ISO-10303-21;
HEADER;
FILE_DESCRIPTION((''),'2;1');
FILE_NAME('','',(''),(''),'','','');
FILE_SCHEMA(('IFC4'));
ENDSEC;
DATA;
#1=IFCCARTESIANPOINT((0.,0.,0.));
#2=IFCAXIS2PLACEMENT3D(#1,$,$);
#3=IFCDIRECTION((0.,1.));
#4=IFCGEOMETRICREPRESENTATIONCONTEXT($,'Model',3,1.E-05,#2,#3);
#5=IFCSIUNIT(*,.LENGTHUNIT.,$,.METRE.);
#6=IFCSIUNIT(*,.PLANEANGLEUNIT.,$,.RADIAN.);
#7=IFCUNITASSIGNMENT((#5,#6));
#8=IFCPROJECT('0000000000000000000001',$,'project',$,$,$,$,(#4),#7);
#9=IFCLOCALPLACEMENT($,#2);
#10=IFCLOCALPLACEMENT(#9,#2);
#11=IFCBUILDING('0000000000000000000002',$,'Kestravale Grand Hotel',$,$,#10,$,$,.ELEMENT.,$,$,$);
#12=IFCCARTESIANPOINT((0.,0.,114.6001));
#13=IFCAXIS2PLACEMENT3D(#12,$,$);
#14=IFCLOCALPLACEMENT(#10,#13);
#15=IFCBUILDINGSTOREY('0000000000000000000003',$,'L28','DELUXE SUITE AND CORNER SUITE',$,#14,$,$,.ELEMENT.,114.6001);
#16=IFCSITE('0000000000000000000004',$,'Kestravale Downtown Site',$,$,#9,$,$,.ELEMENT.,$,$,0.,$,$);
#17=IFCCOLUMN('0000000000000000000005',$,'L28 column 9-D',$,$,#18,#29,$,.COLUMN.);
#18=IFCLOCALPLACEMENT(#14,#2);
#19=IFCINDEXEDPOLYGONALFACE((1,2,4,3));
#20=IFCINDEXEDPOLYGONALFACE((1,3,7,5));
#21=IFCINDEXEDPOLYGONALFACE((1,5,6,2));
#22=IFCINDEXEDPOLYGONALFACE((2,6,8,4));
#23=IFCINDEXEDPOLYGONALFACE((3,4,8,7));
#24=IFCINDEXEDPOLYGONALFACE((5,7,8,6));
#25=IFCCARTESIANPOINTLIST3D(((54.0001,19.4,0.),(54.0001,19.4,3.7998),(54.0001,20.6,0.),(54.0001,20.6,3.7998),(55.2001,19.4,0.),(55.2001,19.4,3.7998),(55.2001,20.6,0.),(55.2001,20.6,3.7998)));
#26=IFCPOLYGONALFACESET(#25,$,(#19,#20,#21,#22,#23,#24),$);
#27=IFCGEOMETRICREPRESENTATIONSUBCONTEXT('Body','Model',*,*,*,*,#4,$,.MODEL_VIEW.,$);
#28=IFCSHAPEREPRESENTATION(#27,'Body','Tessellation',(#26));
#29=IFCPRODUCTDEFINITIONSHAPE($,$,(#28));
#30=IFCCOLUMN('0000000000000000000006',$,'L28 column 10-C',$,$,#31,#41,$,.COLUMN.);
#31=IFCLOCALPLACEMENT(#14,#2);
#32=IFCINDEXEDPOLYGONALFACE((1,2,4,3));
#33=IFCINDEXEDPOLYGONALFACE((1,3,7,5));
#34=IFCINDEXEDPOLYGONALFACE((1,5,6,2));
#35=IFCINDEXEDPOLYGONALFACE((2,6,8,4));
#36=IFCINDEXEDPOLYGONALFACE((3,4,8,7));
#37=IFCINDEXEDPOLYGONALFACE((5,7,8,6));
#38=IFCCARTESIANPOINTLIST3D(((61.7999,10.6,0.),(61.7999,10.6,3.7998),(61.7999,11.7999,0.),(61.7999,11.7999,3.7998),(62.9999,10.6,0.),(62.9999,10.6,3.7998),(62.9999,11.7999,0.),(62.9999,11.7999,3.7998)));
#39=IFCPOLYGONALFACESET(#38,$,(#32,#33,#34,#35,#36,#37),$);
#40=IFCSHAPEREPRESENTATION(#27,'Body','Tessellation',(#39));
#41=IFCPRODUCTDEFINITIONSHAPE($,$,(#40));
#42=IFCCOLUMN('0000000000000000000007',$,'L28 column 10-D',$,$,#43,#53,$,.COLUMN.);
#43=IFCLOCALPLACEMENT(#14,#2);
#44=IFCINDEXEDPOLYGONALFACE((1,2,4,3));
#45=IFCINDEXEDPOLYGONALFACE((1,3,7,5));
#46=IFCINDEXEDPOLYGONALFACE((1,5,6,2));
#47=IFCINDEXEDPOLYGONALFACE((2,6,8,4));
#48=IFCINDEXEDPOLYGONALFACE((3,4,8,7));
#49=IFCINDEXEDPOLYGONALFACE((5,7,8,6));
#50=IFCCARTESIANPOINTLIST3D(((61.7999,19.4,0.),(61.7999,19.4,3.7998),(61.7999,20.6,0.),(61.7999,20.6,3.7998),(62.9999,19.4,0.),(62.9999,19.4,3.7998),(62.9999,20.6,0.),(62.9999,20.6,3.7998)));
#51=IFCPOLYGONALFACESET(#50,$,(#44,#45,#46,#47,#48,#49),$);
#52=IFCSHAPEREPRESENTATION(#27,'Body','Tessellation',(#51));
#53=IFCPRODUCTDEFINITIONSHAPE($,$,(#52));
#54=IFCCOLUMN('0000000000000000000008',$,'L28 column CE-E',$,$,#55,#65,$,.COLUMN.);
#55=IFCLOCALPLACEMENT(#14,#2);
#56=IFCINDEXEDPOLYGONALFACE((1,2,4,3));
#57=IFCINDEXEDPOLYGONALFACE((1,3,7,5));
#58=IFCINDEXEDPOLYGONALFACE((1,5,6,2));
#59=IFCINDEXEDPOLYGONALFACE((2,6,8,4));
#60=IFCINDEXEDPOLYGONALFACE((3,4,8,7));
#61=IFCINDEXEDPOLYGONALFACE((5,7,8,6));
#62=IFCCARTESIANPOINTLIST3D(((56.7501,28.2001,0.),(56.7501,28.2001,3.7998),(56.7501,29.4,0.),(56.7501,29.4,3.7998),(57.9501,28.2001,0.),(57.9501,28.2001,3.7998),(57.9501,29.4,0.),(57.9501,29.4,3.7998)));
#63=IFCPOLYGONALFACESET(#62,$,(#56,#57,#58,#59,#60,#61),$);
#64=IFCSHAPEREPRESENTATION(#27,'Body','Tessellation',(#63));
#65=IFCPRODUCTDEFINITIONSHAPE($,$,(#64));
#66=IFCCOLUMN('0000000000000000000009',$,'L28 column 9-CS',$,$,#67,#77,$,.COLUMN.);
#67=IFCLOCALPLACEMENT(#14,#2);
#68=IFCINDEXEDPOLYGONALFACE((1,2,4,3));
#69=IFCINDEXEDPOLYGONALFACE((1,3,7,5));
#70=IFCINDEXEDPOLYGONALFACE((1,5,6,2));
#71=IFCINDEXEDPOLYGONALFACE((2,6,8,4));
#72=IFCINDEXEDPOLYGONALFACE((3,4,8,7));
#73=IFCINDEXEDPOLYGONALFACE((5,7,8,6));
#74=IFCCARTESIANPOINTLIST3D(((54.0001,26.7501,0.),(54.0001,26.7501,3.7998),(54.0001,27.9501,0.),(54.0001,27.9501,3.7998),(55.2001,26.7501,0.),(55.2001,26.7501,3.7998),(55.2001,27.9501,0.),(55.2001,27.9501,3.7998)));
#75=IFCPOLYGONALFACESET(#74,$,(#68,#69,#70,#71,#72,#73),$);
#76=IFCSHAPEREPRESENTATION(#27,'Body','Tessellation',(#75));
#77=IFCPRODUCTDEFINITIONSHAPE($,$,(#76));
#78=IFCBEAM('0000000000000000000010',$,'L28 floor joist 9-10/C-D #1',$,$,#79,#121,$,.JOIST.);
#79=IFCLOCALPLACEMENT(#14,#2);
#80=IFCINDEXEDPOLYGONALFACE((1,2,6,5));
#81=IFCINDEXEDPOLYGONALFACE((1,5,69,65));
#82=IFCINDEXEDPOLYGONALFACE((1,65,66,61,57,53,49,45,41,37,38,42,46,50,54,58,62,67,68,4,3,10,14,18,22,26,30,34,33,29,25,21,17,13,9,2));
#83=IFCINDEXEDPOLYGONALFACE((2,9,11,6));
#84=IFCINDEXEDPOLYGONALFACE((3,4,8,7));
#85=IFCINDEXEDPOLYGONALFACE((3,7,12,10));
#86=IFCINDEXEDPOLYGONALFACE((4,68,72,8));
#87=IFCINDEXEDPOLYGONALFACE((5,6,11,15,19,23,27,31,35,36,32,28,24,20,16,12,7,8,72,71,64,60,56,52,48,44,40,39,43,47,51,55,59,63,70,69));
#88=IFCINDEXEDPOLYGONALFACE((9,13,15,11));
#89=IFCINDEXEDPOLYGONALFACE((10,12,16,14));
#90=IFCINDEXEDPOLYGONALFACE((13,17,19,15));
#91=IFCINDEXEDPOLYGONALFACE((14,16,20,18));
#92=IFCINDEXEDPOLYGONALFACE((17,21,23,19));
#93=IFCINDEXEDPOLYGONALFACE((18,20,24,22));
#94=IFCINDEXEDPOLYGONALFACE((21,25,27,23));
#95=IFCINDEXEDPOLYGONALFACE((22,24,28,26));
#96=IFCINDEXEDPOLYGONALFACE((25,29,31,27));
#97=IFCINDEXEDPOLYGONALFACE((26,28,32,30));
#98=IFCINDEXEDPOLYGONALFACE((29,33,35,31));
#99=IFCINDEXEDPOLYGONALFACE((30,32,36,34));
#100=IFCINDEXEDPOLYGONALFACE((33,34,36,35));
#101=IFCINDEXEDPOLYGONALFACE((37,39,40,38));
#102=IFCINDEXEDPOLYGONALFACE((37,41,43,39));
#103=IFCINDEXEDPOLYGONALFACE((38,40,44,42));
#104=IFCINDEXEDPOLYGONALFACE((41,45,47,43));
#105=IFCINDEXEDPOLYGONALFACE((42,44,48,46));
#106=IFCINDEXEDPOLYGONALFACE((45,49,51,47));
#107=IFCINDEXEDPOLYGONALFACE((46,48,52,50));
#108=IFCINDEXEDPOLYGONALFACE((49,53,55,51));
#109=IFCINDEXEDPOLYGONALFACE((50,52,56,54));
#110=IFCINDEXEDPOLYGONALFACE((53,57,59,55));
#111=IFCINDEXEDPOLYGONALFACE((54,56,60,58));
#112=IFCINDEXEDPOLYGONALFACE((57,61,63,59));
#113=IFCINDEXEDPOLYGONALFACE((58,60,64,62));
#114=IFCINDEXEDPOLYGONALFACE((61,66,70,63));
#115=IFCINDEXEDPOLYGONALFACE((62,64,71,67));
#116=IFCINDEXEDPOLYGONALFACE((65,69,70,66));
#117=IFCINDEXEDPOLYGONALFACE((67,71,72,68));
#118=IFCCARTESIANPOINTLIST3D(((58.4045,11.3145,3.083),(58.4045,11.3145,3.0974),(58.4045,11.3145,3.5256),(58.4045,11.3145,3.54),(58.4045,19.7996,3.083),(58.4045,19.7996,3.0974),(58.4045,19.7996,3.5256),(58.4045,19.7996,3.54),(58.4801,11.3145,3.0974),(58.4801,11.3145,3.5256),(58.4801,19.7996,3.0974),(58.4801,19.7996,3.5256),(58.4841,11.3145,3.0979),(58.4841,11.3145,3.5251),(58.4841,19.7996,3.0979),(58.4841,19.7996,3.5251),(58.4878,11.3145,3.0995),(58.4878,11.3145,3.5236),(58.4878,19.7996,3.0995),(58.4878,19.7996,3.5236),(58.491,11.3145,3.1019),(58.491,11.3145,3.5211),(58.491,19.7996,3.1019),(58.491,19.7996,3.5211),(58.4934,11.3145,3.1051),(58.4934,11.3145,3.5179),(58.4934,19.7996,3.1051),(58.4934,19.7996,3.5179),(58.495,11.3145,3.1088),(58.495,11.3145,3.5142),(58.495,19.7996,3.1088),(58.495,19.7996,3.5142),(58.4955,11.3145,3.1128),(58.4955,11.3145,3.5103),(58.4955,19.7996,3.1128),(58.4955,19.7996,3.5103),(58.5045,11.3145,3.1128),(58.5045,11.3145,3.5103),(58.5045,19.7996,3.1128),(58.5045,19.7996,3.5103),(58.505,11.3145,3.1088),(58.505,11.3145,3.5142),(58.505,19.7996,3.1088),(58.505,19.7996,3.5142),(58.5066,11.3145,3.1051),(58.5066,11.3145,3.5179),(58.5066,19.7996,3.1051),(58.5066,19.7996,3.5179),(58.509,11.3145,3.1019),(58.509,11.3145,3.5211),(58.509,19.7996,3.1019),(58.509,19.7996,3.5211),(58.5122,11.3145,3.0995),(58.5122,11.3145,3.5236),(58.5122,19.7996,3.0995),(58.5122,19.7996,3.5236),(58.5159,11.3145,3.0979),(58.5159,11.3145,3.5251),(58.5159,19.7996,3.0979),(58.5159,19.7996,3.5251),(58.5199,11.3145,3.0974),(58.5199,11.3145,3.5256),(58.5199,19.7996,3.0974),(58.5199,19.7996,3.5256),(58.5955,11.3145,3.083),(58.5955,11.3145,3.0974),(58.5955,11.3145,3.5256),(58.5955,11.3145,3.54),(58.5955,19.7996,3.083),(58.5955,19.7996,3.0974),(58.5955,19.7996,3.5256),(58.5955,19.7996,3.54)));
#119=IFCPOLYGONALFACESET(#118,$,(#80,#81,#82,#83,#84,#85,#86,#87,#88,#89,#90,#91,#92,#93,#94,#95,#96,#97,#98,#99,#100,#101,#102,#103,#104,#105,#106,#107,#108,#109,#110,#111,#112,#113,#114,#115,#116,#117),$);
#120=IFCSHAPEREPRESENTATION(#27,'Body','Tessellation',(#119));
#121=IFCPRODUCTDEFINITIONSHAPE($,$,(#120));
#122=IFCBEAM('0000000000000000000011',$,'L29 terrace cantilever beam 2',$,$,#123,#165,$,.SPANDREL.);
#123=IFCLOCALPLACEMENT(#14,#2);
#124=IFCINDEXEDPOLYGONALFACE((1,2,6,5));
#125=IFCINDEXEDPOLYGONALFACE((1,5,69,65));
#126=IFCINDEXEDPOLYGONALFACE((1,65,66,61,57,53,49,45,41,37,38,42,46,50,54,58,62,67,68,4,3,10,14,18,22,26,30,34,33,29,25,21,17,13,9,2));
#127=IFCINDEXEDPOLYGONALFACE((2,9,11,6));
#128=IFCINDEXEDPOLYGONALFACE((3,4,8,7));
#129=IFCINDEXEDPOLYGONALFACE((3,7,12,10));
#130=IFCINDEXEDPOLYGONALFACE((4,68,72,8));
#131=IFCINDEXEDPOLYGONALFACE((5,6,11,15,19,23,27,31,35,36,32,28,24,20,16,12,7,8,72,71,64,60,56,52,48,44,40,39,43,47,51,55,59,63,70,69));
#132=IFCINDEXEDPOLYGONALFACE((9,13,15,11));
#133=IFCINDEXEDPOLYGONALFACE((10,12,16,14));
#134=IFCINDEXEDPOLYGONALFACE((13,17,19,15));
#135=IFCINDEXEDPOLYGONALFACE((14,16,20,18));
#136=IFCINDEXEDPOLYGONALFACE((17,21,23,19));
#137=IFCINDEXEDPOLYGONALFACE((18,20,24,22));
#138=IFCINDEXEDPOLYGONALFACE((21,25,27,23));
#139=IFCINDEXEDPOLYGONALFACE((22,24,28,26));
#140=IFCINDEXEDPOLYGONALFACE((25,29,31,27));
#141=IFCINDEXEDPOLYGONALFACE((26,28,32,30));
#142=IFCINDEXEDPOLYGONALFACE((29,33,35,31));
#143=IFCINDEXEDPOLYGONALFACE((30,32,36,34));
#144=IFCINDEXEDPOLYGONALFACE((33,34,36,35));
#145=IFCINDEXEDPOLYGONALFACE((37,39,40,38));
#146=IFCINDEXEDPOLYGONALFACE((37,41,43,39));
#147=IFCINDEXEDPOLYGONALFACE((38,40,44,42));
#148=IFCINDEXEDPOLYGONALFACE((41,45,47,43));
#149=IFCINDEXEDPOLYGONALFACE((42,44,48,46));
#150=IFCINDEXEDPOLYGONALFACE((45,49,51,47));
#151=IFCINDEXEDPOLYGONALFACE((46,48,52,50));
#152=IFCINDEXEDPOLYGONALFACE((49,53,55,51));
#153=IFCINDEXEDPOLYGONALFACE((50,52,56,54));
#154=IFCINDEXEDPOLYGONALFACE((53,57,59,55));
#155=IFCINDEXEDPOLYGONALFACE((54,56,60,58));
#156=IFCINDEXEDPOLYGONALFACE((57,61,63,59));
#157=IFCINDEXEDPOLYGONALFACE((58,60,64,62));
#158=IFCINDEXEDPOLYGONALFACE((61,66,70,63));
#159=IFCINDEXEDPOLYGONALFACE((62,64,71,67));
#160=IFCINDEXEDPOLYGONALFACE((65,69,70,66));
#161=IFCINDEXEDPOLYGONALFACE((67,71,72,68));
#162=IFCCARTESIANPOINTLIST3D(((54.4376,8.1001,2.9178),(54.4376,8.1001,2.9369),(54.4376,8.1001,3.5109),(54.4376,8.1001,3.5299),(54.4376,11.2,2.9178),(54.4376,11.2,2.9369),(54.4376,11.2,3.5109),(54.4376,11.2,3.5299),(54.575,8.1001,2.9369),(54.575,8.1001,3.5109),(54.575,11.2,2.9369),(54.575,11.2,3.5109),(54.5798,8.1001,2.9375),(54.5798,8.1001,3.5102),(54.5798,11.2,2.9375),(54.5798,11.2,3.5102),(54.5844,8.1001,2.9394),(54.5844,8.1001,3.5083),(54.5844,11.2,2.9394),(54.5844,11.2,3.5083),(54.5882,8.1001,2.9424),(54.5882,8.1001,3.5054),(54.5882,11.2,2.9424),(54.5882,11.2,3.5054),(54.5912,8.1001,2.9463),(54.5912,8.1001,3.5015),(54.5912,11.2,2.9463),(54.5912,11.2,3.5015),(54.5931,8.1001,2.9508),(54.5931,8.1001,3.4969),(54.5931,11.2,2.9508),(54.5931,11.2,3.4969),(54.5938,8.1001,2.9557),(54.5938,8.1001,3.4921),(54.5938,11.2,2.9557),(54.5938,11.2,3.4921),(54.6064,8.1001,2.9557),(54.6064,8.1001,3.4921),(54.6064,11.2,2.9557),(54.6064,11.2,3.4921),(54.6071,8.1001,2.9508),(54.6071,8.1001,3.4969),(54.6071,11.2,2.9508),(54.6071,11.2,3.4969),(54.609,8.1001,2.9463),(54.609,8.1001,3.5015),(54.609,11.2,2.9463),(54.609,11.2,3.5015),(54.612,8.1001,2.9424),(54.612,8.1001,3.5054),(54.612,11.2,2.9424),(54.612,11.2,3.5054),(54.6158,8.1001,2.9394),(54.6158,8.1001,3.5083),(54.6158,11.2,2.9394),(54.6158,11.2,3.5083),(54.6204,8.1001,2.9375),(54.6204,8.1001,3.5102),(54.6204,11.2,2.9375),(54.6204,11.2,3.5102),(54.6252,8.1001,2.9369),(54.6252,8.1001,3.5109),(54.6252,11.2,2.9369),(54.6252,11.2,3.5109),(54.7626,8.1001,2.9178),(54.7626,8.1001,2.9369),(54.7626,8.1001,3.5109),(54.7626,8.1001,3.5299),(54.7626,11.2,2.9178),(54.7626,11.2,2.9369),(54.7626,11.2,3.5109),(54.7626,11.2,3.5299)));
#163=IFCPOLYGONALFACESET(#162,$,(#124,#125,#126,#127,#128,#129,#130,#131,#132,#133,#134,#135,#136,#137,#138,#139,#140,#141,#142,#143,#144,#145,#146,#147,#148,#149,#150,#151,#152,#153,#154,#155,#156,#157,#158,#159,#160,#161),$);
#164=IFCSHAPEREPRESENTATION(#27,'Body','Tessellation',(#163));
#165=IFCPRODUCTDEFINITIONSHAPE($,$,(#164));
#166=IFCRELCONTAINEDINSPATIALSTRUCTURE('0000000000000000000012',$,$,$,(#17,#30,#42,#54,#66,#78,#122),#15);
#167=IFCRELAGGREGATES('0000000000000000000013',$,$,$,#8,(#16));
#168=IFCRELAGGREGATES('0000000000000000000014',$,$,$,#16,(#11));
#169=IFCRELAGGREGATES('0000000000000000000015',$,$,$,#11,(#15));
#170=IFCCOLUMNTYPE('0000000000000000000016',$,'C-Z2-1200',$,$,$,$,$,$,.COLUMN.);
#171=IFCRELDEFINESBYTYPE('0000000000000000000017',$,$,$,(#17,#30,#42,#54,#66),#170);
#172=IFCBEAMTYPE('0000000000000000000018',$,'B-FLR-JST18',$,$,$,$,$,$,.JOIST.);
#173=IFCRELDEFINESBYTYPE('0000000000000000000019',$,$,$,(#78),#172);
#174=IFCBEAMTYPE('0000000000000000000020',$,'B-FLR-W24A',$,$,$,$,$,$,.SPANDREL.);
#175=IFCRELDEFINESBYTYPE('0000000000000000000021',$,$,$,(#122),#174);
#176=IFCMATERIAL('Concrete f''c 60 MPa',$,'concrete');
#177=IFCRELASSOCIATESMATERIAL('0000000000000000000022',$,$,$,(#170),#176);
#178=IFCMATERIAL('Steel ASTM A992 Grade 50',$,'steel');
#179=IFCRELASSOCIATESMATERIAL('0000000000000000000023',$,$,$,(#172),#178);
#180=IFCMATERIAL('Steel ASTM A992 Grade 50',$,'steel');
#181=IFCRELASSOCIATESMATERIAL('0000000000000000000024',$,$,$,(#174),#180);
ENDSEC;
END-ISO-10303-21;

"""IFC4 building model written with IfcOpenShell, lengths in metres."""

from ifc_helpers import new_model, si_unit, direction, frame, origin, origin_2d, place, context, subcontext, project, spatial, rectangle, i_section, extrude, material, material_profile, profile_set, type_object, element, save


model = new_model("IFC4")

# Units and contexts
model_context = context("Model", 3, precision=1e-05, world=origin(), true_north=direction((0.0, 1.0)))
body_context = subcontext(model_context, "Body", "Model", "MODEL_VIEW")
ifc_project = project(units=[si_unit("LENGTHUNIT", "METRE"), si_unit("PLANEANGLEUNIT", "RADIAN")], contexts=[model_context])

# Site, building, storey
site_placement = place(None, origin())
site = spatial("IfcSite", under=ifc_project, at=site_placement, Name="Kestravale Downtown Site", CompositionType="ELEMENT", RefElevation=0.0)
building_placement = place(site_placement, origin())
building = spatial("IfcBuilding", under=site, at=building_placement, Name="Kestravale Grand Hotel", CompositionType="ELEMENT")
storey_placement = place(building_placement, frame((0.0, 0.0, 114.6001)))
storey = spatial("IfcBuildingStorey", under=building, at=storey_placement, Name="L28", Description="DELUXE SUITE AND CORNER SUITE", CompositionType="ELEMENT", Elevation=114.6001)

# Columns
ifc_material_1 = material(Name="Concrete f'c 60 MPa", Category="concrete")
ifc_material_profile_1 = material_profile(ifc_material_1, rectangle(XDim=1.2, YDim=1.2, at=origin_2d()))
ifc_profile_set_1 = profile_set([ifc_material_profile_1], Name="Concrete f'c 60 MPa")
column_type = type_object("IfcColumnType", Name="C-Z2-1200", PredefinedType="COLUMN", material=ifc_profile_set_1)
for number, where, z_axis, x_axis, name in (
    (1, (54.6001, 20.0, 0.0), (0.0, 0.0, 1.0), (1.0, 0.0, 0.0), "L28 column 9-D"),
    (2, (62.3999, 11.2, 0.0), (0.0, 0.0, 1.0), (1.0, 0.0, 0.0), "L28 column 10-C"),
    (3, (62.3999, 20.0, 0.0), (0.0, 0.0, 1.0), (1.0, 0.0, 0.0), "L28 column 10-D"),
    (4, (57.3501, 28.8, 0.0), (0.0, 0.0, 1.0), (1.0, 0.0, 0.0), "L28 column CE-E"),
    (5, (54.6001, 27.3501, 0.0), (0.0, 0.0, 1.0), (1.0, 0.0, 0.0), "L28 column 9-CS"),
):
    element("IfcColumn", number, at=place(storey_placement, frame(where, z_axis=z_axis, x_axis=x_axis)), inside=storey, type_object=column_type, Name=name, PredefinedType="COLUMN", context=body_context, shape_type="SweptSolid", body=[
        extrude(rectangle(XDim=1.2, YDim=1.2, at=origin_2d()), origin(), (0.0, 0.0, 1.0), 3.7998),
    ])

# Beams
ifc_material_2 = material(Name="Steel ASTM A992 Grade 50", Category="steel")
ifc_material_profile_2 = material_profile(ifc_material_2, i_section(OverallWidth=0.1909, OverallDepth=0.457, WebThickness=0.009, FlangeThickness=0.0144, FilletRadius=0.0154, at=origin_2d()))
ifc_profile_set_2 = profile_set([ifc_material_profile_2], Name="Steel ASTM A992 Grade 50")
beam_type_1 = type_object("IfcBeamType", Name="B-FLR-JST18", PredefinedType="JOIST", material=ifc_profile_set_2)
beam_1_placement = place(storey_placement, frame((58.5, 11.3145, 3.3115), z_axis=(0.0, 1.0, 0.0), x_axis=(-1.0, 0.0, 0.0)))
element("IfcBeam", 6, at=beam_1_placement, inside=storey, type_object=beam_type_1, Name="L28 floor joist 9-10/C-D #1", PredefinedType="JOIST", context=body_context, shape_type="SweptSolid", body=[
    extrude(i_section(OverallWidth=0.1909, OverallDepth=0.457, WebThickness=0.009, FlangeThickness=0.0144, FilletRadius=0.0154, at=origin_2d()), origin(), (0.0, 0.0, 1.0), 8.4851),
])
ifc_material_3 = material(Name="Steel ASTM A992 Grade 50", Category="steel")
ifc_material_profile_3 = material_profile(ifc_material_3, i_section(OverallWidth=0.325, OverallDepth=0.6121, WebThickness=0.0127, FlangeThickness=0.019, FilletRadius=0.0188, at=origin_2d()))
ifc_profile_set_3 = profile_set([ifc_material_profile_3], Name="Steel ASTM A992 Grade 50")
beam_type_2 = type_object("IfcBeamType", Name="B-FLR-W24A", PredefinedType="SPANDREL", material=ifc_profile_set_3)
beam_2_placement = place(storey_placement, frame((54.6001, 11.2, 3.2239), z_axis=(0.0, -1.0, 0.0), x_axis=(1.0, 0.0, 0.0)))
element("IfcBeam", 7, at=beam_2_placement, inside=storey, type_object=beam_type_2, Name="L29 terrace cantilever beam 2", PredefinedType="SPANDREL", context=body_context, shape_type="SweptSolid", body=[
    extrude(i_section(OverallWidth=0.325, OverallDepth=0.6121, WebThickness=0.0127, FlangeThickness=0.019, FilletRadius=0.0188, at=origin_2d()), origin(), (0.0, 0.0, 1.0), 3.0999),
])

save(model, "model.ifc")
